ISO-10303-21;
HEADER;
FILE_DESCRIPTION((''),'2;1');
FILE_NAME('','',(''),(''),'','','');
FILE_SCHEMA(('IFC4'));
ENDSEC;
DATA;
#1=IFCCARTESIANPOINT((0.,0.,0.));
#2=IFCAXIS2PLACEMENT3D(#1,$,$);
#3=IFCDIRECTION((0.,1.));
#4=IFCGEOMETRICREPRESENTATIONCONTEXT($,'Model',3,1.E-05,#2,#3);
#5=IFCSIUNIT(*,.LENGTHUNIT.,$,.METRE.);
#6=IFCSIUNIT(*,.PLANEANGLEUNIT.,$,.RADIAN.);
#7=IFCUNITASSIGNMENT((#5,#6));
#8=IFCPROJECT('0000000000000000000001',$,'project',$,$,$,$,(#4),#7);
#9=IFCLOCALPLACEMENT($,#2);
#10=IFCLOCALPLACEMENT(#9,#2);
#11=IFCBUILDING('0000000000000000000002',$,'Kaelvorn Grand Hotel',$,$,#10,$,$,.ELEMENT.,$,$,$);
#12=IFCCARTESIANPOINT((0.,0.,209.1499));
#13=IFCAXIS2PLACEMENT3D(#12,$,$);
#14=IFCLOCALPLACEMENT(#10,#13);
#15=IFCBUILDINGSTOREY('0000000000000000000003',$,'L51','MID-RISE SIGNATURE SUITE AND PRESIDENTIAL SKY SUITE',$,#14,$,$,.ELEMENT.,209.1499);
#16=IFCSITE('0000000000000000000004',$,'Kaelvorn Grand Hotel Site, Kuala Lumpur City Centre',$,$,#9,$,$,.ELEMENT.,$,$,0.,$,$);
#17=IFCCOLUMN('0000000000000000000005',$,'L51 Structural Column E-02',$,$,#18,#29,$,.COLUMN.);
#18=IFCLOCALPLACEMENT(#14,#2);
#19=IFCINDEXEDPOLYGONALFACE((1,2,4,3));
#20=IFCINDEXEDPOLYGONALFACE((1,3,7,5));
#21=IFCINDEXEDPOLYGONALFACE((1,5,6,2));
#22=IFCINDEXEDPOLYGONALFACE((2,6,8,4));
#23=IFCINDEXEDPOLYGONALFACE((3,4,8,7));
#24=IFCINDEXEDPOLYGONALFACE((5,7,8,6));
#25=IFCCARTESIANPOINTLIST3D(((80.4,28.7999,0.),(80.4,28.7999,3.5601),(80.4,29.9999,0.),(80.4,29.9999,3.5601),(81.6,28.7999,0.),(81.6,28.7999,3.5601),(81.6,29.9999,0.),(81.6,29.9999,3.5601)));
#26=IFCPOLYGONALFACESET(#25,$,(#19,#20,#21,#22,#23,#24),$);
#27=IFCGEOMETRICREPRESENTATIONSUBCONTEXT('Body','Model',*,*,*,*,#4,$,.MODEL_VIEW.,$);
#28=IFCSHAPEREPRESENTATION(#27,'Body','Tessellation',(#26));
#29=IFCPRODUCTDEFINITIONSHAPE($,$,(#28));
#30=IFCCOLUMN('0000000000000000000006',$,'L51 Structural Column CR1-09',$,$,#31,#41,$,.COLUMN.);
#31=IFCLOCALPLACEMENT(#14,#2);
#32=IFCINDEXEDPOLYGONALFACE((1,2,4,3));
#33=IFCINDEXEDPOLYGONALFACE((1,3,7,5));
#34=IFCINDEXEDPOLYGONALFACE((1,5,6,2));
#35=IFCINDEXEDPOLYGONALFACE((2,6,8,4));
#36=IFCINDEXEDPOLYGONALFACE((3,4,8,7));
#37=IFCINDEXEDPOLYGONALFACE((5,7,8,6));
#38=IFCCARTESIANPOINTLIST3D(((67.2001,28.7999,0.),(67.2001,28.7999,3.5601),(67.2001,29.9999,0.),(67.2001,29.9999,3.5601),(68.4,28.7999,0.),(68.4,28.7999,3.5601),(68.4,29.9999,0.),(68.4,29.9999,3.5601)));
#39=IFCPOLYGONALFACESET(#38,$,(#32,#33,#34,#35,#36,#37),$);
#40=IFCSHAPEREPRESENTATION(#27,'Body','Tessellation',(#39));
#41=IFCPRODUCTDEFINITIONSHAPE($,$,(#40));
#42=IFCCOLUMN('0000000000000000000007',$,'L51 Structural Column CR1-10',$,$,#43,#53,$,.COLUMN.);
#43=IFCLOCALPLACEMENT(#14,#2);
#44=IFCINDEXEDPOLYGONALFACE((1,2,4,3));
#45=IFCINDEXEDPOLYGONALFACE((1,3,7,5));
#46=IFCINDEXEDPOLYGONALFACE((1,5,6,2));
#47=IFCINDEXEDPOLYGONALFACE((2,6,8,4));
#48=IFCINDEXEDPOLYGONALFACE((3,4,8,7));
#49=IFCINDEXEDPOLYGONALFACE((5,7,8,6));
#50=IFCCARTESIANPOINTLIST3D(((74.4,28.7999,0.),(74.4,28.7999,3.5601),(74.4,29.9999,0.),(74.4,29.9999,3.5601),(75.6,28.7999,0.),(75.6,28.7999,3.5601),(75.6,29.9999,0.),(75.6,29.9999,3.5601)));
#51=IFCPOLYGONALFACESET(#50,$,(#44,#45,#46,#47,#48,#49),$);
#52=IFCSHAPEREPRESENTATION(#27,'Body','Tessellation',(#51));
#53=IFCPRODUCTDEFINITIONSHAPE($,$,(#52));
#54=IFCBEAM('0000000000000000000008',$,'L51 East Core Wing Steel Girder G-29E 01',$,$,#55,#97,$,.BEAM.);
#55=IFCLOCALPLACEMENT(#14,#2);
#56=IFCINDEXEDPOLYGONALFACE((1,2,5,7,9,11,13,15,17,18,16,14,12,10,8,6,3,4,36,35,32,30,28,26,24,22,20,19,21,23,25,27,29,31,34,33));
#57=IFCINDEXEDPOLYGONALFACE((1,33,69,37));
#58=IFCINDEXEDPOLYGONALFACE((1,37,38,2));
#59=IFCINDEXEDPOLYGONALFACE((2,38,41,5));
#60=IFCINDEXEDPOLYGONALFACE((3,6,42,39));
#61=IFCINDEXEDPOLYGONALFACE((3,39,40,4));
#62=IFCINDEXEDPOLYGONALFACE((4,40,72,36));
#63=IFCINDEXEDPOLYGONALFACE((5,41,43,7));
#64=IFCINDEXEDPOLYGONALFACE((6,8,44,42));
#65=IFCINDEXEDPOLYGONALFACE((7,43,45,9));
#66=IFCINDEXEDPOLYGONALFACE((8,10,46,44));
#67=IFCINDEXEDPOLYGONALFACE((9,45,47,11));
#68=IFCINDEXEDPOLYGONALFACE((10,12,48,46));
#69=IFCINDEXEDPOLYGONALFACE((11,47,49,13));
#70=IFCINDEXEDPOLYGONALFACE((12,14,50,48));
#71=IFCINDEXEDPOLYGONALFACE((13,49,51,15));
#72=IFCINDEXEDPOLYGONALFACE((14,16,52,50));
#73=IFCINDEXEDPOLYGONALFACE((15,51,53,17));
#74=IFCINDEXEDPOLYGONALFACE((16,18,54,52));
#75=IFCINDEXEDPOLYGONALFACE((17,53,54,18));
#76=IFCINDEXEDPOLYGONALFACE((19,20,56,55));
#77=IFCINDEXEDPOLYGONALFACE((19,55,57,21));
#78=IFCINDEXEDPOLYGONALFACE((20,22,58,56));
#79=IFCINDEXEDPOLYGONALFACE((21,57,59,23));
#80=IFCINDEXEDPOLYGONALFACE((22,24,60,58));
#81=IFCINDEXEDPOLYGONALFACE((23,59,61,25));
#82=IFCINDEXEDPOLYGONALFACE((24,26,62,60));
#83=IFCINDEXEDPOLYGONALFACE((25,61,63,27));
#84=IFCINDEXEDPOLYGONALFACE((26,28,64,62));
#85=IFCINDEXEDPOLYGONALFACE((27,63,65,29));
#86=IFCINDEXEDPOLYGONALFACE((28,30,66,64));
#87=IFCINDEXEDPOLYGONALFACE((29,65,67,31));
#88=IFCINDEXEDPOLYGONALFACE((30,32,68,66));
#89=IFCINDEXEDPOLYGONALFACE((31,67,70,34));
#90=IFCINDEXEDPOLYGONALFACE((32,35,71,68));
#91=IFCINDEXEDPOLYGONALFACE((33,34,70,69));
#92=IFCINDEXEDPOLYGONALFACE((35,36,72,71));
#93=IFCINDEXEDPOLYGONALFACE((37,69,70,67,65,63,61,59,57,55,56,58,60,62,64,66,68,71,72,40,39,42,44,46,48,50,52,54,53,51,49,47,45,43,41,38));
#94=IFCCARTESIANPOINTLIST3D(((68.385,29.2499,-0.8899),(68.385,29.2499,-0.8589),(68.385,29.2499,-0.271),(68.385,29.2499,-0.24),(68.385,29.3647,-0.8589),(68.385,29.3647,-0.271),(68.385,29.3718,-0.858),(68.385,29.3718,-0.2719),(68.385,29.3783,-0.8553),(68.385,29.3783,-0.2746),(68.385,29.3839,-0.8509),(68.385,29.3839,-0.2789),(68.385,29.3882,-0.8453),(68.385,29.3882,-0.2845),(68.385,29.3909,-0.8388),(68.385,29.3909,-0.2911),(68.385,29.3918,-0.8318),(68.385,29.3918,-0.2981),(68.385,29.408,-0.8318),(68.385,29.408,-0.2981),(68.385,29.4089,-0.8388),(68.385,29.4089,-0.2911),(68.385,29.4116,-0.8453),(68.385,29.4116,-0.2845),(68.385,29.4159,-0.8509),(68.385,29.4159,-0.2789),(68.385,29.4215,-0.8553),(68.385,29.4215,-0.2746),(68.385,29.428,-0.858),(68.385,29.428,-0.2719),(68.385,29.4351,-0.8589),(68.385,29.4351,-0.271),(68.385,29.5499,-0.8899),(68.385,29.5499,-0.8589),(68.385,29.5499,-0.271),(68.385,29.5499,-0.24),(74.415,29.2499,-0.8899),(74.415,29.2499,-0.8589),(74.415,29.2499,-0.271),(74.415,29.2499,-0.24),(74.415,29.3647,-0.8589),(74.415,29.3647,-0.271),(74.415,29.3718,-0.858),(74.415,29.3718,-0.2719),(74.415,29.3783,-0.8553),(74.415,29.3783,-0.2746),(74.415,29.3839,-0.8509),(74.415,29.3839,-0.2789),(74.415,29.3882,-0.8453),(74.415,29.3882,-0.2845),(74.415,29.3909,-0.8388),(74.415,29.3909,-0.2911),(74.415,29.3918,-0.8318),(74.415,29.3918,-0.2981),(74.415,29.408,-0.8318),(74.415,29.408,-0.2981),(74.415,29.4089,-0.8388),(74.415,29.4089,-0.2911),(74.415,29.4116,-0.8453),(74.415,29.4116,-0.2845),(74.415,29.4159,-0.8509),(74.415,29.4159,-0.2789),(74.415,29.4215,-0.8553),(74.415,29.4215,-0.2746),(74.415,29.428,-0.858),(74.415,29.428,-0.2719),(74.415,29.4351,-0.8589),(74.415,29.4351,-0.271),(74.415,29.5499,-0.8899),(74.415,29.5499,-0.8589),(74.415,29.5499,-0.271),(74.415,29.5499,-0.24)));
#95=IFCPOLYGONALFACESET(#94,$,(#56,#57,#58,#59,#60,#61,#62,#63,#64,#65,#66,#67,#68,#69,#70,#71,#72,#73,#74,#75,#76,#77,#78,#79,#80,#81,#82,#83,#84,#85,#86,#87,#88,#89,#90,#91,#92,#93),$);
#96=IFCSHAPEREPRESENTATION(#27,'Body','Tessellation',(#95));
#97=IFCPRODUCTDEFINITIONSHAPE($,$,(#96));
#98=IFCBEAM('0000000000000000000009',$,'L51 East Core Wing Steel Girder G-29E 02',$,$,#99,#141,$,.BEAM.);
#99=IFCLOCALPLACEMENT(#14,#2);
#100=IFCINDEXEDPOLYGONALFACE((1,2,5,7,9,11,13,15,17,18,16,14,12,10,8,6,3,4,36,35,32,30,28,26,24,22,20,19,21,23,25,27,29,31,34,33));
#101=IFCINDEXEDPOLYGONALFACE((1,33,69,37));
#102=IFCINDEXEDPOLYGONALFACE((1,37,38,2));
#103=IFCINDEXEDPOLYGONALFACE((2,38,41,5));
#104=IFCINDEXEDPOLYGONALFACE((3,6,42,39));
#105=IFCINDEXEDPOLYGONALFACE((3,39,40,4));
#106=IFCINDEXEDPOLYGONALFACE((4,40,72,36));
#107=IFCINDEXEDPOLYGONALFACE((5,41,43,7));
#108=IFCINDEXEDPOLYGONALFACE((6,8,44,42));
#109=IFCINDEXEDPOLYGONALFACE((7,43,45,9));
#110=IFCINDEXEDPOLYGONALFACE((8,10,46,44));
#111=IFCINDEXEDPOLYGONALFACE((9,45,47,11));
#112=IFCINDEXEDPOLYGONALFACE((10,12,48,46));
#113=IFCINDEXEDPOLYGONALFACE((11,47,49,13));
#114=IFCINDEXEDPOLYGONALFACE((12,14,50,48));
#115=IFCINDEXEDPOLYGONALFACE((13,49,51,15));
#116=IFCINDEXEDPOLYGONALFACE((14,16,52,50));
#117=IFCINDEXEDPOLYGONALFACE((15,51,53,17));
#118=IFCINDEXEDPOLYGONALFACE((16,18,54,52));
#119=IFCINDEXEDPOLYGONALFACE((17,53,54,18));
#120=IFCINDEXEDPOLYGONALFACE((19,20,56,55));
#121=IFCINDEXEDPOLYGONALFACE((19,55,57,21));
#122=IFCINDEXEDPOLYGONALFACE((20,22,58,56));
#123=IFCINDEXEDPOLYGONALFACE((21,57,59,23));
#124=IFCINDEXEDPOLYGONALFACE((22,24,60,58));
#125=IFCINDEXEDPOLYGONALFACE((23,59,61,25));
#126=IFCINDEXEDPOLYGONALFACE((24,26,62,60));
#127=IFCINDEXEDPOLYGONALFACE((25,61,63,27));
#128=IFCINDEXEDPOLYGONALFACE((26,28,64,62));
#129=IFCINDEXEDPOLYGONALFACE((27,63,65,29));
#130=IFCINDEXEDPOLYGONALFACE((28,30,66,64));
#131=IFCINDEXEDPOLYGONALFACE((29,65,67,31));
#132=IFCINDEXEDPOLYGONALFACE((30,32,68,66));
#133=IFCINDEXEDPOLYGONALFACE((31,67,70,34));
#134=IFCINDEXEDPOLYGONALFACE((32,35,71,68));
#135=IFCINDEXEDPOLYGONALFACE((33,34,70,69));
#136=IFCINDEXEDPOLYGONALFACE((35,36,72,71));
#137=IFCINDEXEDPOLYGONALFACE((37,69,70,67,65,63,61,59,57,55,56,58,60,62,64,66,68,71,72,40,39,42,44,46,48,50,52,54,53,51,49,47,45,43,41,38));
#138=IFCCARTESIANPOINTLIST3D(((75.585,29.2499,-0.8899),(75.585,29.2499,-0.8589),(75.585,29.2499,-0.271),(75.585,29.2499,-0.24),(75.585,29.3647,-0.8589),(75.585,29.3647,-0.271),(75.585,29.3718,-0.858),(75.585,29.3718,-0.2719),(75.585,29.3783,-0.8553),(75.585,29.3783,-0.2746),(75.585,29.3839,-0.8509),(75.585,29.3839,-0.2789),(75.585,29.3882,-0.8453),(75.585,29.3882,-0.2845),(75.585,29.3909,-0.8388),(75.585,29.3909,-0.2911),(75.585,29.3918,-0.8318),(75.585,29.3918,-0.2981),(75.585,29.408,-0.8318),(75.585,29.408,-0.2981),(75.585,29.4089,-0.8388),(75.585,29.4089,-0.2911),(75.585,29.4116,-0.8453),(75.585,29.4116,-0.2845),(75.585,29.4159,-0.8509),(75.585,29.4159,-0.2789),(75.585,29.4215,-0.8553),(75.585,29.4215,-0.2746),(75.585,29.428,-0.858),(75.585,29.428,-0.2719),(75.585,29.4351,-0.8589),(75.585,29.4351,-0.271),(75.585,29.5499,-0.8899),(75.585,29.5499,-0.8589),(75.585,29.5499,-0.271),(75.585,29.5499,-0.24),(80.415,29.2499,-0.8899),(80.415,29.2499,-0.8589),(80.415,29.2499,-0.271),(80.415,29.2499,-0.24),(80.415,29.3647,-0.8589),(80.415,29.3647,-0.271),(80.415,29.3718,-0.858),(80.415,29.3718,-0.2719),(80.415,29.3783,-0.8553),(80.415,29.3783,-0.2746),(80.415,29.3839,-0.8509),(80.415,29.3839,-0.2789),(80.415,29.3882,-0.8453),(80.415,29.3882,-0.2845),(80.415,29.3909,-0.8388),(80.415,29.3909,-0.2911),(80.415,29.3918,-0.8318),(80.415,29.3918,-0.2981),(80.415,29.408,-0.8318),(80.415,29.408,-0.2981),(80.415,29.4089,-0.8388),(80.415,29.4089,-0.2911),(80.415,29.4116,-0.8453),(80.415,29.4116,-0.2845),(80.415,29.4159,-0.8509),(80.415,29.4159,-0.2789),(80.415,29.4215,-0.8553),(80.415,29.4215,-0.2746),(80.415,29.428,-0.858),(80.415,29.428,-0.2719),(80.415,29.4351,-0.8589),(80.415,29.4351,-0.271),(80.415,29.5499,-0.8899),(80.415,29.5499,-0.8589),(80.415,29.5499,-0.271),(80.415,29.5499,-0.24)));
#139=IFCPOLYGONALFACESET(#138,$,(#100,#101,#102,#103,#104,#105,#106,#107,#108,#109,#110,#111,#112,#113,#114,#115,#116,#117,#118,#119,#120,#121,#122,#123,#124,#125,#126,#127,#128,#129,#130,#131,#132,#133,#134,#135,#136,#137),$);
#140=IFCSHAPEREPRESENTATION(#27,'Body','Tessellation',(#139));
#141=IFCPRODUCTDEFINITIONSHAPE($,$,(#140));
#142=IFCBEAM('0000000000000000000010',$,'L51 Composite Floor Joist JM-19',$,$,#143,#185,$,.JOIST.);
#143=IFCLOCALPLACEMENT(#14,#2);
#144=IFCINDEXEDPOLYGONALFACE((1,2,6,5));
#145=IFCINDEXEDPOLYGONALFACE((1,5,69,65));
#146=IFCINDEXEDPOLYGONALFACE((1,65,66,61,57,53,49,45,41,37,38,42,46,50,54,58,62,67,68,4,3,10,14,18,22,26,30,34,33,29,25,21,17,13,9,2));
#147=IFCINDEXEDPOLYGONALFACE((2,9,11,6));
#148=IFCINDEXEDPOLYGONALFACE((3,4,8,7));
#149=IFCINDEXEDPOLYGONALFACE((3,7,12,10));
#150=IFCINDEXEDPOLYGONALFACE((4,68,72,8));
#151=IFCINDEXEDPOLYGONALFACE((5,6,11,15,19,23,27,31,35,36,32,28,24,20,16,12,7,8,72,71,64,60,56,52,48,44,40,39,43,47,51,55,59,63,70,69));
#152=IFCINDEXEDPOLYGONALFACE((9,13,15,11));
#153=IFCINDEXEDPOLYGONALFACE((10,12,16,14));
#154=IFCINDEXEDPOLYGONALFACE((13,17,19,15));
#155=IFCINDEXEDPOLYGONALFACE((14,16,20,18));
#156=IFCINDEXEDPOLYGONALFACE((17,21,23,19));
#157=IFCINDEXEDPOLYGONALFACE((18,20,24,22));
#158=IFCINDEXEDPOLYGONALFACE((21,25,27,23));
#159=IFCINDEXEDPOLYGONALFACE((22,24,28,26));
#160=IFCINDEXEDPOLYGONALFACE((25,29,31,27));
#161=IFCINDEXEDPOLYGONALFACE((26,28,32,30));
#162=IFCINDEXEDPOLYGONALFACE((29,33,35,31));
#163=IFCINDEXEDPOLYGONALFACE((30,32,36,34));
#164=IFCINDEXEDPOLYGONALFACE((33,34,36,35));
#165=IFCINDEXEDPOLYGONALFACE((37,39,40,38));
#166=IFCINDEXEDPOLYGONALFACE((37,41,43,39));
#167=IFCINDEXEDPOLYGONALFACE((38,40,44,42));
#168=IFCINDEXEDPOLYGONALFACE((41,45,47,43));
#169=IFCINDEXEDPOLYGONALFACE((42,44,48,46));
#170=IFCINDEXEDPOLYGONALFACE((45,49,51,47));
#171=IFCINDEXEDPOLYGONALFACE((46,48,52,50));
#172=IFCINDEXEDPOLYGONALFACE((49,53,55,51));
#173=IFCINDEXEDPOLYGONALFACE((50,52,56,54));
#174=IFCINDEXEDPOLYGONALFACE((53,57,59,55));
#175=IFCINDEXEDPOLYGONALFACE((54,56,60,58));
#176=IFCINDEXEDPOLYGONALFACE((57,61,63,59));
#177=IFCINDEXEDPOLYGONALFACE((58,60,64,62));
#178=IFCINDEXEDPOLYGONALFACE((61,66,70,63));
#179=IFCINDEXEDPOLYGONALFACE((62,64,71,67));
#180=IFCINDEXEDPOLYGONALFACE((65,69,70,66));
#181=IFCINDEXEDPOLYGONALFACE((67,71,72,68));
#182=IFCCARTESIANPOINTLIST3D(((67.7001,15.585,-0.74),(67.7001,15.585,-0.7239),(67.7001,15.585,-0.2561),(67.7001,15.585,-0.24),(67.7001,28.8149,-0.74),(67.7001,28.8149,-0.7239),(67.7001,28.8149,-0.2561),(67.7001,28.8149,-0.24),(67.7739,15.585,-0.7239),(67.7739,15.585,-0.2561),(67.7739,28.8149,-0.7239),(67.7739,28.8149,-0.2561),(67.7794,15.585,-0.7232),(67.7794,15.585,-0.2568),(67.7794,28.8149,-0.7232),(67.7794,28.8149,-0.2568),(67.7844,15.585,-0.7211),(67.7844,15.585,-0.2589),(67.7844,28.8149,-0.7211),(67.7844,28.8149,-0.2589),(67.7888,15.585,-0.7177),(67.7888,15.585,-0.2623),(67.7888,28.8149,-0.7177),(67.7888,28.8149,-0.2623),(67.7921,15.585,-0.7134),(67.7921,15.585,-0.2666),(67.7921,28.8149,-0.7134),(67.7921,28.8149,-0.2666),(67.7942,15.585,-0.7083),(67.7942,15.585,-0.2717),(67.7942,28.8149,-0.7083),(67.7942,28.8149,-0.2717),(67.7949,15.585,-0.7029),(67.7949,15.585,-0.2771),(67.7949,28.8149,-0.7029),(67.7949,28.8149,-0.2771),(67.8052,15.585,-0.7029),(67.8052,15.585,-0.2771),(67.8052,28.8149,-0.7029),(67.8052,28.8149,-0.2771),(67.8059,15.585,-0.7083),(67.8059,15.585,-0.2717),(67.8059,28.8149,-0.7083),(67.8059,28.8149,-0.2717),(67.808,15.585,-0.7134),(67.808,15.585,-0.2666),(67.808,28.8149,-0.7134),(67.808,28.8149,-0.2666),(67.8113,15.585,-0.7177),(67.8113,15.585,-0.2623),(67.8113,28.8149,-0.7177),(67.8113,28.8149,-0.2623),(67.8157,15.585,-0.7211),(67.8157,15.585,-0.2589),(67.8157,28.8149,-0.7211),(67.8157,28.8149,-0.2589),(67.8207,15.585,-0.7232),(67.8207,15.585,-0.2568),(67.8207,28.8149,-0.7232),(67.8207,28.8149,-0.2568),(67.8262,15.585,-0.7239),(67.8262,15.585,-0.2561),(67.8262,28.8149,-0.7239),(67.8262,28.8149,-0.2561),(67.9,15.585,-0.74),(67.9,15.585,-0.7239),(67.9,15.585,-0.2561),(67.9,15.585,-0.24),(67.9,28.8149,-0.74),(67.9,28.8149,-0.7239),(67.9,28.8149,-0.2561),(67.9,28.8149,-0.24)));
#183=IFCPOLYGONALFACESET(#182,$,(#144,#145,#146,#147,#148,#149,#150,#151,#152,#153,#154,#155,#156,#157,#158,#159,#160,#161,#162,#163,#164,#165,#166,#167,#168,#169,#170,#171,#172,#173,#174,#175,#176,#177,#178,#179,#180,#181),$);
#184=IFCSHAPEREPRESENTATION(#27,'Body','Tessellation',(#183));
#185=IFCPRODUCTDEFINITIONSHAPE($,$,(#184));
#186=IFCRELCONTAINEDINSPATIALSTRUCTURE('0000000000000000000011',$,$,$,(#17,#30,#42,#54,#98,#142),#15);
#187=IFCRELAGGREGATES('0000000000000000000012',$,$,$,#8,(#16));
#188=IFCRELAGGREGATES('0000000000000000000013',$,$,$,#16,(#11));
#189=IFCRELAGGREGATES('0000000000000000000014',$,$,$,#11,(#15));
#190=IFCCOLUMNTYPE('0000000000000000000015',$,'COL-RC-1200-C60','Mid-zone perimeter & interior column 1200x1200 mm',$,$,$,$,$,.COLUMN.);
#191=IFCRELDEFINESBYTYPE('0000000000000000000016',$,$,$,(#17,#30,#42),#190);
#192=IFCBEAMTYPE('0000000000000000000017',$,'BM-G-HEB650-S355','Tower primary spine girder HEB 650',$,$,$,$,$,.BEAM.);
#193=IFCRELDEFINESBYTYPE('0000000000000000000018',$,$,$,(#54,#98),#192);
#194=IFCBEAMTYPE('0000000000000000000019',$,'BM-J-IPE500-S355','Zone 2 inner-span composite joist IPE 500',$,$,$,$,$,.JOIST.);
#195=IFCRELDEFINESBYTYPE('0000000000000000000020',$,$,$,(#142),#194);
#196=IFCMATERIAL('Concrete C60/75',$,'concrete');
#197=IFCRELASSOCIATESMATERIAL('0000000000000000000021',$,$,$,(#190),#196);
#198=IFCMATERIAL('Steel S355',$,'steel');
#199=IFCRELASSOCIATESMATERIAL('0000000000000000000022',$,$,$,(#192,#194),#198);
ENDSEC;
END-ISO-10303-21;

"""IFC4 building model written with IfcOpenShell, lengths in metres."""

from ifc_helpers import new_model, si_unit, direction, frame, origin, origin_2d, place, context, subcontext, project, spatial, rectangle, i_section, extrude, material, material_profile, profile_set, type_object, element, save


model = new_model("IFC4")

# Units and contexts
model_context = context("Model", 3, precision=1e-05, world=origin(), true_north=direction((0.0, 1.0)))
body_context = subcontext(model_context, "Body", "Model", "MODEL_VIEW")
ifc_project = project(units=[si_unit("LENGTHUNIT", "METRE"), si_unit("PLANEANGLEUNIT", "RADIAN")], contexts=[model_context])

# Site, building, storey
site_placement = place(None, origin())
site = spatial("IfcSite", under=ifc_project, at=site_placement, Name="Kaelvorn Grand Hotel Site, Kuala Lumpur City Centre", CompositionType="ELEMENT", RefElevation=0.0)
building_placement = place(site_placement, origin())
building = spatial("IfcBuilding", under=site, at=building_placement, Name="Kaelvorn Grand Hotel", CompositionType="ELEMENT")
storey_placement = place(building_placement, frame((0.0, 0.0, 209.1499)))
storey = spatial("IfcBuildingStorey", under=building, at=storey_placement, Name="L51", Description="MID-RISE SIGNATURE SUITE AND PRESIDENTIAL SKY SUITE", CompositionType="ELEMENT", Elevation=209.1499)

# Columns
ifc_material_1 = material(Name="Concrete C60/75", Category="concrete")
ifc_material_profile_1 = material_profile(ifc_material_1, rectangle(XDim=1.2, YDim=1.2, at=origin_2d()), Name="RC COL 1200x1200")
ifc_profile_set_1 = profile_set([ifc_material_profile_1], Name="Concrete C60/75")
column_type = type_object("IfcColumnType", Name="COL-RC-1200-C60", Description="Mid-zone perimeter & interior column 1200x1200 mm", PredefinedType="COLUMN", material=ifc_profile_set_1)
for number, where, z_axis, x_axis, name in (
    (1, (81.0, 29.3999, 0.0), (0.0, 0.0, 1.0), (1.0, 0.0, 0.0), "L51 Structural Column E-02"),
    (2, (67.8, 29.3999, 0.0), (0.0, 0.0, 1.0), (1.0, 0.0, 0.0), "L51 Structural Column CR1-09"),
    (3, (75.0, 29.3999, 0.0), (0.0, 0.0, 1.0), (1.0, 0.0, 0.0), "L51 Structural Column CR1-10"),
):
    element("IfcColumn", number, at=place(storey_placement, frame(where, z_axis=z_axis, x_axis=x_axis)), inside=storey, type_object=column_type, Name=name, PredefinedType="COLUMN", context=body_context, shape_type="SweptSolid", body=[
        extrude(rectangle(XDim=1.2, YDim=1.2, at=origin_2d()), origin(), (0.0, 0.0, 1.0), 3.5601),
    ])

# Beams
ifc_material_2 = material(Name="Steel S355", Category="steel")
ifc_material_profile_2 = material_profile(ifc_material_2, i_section(OverallWidth=0.3, OverallDepth=0.6499, WebThickness=0.0161, FlangeThickness=0.031, FilletRadius=0.0271, at=origin_2d()), Name="HEB 650")
ifc_profile_set_2 = profile_set([ifc_material_profile_2], Name="Steel S355")
beam_type_1 = type_object("IfcBeamType", Name="BM-G-HEB650-S355", Description="Tower primary spine girder HEB 650", PredefinedType="BEAM", material=ifc_profile_set_2)
beam_1_placement = place(storey_placement, frame((68.385, 29.3999, -0.5649), z_axis=(1.0, 0.0, 0.0), x_axis=(0.0, 1.0, 0.0)))
element("IfcBeam", 4, at=beam_1_placement, inside=storey, type_object=beam_type_1, Name="L51 East Core Wing Steel Girder G-29E 01", PredefinedType="BEAM", context=body_context, shape_type="SweptSolid", body=[
    extrude(i_section(OverallWidth=0.3, OverallDepth=0.6499, WebThickness=0.0161, FlangeThickness=0.031, FilletRadius=0.0271, at=origin_2d()), origin(), (0.0, 0.0, 1.0), 6.03),
])
beam_2_placement = place(storey_placement, frame((75.585, 29.3999, -0.5649), z_axis=(1.0, 0.0, 0.0), x_axis=(0.0, 1.0, 0.0)))
element("IfcBeam", 5, at=beam_2_placement, inside=storey, type_object=beam_type_1, Name="L51 East Core Wing Steel Girder G-29E 02", PredefinedType="BEAM", context=body_context, shape_type="SweptSolid", body=[
    extrude(i_section(OverallWidth=0.3, OverallDepth=0.6499, WebThickness=0.0161, FlangeThickness=0.031, FilletRadius=0.0271, at=origin_2d()), origin(), (0.0, 0.0, 1.0), 4.8301),
])
ifc_material_profile_3 = material_profile(ifc_material_2, i_section(OverallWidth=0.2, OverallDepth=0.5, WebThickness=0.0103, FlangeThickness=0.0161, FilletRadius=0.021, at=origin_2d()), Name="IPE 500")
ifc_profile_set_3 = profile_set([ifc_material_profile_3], Name="Steel S355")
beam_type_2 = type_object("IfcBeamType", Name="BM-J-IPE500-S355", Description="Zone 2 inner-span composite joist IPE 500", PredefinedType="JOIST", material=ifc_profile_set_3)
beam_3_placement = place(storey_placement, frame((67.8, 15.585, -0.49), z_axis=(0.0, 1.0, 0.0), x_axis=(-1.0, 0.0, 0.0)))
element("IfcBeam", 6, at=beam_3_placement, inside=storey, type_object=beam_type_2, Name="L51 Composite Floor Joist JM-19", PredefinedType="JOIST", context=body_context, shape_type="SweptSolid", body=[
    extrude(i_section(OverallWidth=0.2, OverallDepth=0.5, WebThickness=0.0103, FlangeThickness=0.0161, FilletRadius=0.021, at=origin_2d()), origin(), (0.0, 0.0, 1.0), 13.23),
])

save(model, "model.ifc")
